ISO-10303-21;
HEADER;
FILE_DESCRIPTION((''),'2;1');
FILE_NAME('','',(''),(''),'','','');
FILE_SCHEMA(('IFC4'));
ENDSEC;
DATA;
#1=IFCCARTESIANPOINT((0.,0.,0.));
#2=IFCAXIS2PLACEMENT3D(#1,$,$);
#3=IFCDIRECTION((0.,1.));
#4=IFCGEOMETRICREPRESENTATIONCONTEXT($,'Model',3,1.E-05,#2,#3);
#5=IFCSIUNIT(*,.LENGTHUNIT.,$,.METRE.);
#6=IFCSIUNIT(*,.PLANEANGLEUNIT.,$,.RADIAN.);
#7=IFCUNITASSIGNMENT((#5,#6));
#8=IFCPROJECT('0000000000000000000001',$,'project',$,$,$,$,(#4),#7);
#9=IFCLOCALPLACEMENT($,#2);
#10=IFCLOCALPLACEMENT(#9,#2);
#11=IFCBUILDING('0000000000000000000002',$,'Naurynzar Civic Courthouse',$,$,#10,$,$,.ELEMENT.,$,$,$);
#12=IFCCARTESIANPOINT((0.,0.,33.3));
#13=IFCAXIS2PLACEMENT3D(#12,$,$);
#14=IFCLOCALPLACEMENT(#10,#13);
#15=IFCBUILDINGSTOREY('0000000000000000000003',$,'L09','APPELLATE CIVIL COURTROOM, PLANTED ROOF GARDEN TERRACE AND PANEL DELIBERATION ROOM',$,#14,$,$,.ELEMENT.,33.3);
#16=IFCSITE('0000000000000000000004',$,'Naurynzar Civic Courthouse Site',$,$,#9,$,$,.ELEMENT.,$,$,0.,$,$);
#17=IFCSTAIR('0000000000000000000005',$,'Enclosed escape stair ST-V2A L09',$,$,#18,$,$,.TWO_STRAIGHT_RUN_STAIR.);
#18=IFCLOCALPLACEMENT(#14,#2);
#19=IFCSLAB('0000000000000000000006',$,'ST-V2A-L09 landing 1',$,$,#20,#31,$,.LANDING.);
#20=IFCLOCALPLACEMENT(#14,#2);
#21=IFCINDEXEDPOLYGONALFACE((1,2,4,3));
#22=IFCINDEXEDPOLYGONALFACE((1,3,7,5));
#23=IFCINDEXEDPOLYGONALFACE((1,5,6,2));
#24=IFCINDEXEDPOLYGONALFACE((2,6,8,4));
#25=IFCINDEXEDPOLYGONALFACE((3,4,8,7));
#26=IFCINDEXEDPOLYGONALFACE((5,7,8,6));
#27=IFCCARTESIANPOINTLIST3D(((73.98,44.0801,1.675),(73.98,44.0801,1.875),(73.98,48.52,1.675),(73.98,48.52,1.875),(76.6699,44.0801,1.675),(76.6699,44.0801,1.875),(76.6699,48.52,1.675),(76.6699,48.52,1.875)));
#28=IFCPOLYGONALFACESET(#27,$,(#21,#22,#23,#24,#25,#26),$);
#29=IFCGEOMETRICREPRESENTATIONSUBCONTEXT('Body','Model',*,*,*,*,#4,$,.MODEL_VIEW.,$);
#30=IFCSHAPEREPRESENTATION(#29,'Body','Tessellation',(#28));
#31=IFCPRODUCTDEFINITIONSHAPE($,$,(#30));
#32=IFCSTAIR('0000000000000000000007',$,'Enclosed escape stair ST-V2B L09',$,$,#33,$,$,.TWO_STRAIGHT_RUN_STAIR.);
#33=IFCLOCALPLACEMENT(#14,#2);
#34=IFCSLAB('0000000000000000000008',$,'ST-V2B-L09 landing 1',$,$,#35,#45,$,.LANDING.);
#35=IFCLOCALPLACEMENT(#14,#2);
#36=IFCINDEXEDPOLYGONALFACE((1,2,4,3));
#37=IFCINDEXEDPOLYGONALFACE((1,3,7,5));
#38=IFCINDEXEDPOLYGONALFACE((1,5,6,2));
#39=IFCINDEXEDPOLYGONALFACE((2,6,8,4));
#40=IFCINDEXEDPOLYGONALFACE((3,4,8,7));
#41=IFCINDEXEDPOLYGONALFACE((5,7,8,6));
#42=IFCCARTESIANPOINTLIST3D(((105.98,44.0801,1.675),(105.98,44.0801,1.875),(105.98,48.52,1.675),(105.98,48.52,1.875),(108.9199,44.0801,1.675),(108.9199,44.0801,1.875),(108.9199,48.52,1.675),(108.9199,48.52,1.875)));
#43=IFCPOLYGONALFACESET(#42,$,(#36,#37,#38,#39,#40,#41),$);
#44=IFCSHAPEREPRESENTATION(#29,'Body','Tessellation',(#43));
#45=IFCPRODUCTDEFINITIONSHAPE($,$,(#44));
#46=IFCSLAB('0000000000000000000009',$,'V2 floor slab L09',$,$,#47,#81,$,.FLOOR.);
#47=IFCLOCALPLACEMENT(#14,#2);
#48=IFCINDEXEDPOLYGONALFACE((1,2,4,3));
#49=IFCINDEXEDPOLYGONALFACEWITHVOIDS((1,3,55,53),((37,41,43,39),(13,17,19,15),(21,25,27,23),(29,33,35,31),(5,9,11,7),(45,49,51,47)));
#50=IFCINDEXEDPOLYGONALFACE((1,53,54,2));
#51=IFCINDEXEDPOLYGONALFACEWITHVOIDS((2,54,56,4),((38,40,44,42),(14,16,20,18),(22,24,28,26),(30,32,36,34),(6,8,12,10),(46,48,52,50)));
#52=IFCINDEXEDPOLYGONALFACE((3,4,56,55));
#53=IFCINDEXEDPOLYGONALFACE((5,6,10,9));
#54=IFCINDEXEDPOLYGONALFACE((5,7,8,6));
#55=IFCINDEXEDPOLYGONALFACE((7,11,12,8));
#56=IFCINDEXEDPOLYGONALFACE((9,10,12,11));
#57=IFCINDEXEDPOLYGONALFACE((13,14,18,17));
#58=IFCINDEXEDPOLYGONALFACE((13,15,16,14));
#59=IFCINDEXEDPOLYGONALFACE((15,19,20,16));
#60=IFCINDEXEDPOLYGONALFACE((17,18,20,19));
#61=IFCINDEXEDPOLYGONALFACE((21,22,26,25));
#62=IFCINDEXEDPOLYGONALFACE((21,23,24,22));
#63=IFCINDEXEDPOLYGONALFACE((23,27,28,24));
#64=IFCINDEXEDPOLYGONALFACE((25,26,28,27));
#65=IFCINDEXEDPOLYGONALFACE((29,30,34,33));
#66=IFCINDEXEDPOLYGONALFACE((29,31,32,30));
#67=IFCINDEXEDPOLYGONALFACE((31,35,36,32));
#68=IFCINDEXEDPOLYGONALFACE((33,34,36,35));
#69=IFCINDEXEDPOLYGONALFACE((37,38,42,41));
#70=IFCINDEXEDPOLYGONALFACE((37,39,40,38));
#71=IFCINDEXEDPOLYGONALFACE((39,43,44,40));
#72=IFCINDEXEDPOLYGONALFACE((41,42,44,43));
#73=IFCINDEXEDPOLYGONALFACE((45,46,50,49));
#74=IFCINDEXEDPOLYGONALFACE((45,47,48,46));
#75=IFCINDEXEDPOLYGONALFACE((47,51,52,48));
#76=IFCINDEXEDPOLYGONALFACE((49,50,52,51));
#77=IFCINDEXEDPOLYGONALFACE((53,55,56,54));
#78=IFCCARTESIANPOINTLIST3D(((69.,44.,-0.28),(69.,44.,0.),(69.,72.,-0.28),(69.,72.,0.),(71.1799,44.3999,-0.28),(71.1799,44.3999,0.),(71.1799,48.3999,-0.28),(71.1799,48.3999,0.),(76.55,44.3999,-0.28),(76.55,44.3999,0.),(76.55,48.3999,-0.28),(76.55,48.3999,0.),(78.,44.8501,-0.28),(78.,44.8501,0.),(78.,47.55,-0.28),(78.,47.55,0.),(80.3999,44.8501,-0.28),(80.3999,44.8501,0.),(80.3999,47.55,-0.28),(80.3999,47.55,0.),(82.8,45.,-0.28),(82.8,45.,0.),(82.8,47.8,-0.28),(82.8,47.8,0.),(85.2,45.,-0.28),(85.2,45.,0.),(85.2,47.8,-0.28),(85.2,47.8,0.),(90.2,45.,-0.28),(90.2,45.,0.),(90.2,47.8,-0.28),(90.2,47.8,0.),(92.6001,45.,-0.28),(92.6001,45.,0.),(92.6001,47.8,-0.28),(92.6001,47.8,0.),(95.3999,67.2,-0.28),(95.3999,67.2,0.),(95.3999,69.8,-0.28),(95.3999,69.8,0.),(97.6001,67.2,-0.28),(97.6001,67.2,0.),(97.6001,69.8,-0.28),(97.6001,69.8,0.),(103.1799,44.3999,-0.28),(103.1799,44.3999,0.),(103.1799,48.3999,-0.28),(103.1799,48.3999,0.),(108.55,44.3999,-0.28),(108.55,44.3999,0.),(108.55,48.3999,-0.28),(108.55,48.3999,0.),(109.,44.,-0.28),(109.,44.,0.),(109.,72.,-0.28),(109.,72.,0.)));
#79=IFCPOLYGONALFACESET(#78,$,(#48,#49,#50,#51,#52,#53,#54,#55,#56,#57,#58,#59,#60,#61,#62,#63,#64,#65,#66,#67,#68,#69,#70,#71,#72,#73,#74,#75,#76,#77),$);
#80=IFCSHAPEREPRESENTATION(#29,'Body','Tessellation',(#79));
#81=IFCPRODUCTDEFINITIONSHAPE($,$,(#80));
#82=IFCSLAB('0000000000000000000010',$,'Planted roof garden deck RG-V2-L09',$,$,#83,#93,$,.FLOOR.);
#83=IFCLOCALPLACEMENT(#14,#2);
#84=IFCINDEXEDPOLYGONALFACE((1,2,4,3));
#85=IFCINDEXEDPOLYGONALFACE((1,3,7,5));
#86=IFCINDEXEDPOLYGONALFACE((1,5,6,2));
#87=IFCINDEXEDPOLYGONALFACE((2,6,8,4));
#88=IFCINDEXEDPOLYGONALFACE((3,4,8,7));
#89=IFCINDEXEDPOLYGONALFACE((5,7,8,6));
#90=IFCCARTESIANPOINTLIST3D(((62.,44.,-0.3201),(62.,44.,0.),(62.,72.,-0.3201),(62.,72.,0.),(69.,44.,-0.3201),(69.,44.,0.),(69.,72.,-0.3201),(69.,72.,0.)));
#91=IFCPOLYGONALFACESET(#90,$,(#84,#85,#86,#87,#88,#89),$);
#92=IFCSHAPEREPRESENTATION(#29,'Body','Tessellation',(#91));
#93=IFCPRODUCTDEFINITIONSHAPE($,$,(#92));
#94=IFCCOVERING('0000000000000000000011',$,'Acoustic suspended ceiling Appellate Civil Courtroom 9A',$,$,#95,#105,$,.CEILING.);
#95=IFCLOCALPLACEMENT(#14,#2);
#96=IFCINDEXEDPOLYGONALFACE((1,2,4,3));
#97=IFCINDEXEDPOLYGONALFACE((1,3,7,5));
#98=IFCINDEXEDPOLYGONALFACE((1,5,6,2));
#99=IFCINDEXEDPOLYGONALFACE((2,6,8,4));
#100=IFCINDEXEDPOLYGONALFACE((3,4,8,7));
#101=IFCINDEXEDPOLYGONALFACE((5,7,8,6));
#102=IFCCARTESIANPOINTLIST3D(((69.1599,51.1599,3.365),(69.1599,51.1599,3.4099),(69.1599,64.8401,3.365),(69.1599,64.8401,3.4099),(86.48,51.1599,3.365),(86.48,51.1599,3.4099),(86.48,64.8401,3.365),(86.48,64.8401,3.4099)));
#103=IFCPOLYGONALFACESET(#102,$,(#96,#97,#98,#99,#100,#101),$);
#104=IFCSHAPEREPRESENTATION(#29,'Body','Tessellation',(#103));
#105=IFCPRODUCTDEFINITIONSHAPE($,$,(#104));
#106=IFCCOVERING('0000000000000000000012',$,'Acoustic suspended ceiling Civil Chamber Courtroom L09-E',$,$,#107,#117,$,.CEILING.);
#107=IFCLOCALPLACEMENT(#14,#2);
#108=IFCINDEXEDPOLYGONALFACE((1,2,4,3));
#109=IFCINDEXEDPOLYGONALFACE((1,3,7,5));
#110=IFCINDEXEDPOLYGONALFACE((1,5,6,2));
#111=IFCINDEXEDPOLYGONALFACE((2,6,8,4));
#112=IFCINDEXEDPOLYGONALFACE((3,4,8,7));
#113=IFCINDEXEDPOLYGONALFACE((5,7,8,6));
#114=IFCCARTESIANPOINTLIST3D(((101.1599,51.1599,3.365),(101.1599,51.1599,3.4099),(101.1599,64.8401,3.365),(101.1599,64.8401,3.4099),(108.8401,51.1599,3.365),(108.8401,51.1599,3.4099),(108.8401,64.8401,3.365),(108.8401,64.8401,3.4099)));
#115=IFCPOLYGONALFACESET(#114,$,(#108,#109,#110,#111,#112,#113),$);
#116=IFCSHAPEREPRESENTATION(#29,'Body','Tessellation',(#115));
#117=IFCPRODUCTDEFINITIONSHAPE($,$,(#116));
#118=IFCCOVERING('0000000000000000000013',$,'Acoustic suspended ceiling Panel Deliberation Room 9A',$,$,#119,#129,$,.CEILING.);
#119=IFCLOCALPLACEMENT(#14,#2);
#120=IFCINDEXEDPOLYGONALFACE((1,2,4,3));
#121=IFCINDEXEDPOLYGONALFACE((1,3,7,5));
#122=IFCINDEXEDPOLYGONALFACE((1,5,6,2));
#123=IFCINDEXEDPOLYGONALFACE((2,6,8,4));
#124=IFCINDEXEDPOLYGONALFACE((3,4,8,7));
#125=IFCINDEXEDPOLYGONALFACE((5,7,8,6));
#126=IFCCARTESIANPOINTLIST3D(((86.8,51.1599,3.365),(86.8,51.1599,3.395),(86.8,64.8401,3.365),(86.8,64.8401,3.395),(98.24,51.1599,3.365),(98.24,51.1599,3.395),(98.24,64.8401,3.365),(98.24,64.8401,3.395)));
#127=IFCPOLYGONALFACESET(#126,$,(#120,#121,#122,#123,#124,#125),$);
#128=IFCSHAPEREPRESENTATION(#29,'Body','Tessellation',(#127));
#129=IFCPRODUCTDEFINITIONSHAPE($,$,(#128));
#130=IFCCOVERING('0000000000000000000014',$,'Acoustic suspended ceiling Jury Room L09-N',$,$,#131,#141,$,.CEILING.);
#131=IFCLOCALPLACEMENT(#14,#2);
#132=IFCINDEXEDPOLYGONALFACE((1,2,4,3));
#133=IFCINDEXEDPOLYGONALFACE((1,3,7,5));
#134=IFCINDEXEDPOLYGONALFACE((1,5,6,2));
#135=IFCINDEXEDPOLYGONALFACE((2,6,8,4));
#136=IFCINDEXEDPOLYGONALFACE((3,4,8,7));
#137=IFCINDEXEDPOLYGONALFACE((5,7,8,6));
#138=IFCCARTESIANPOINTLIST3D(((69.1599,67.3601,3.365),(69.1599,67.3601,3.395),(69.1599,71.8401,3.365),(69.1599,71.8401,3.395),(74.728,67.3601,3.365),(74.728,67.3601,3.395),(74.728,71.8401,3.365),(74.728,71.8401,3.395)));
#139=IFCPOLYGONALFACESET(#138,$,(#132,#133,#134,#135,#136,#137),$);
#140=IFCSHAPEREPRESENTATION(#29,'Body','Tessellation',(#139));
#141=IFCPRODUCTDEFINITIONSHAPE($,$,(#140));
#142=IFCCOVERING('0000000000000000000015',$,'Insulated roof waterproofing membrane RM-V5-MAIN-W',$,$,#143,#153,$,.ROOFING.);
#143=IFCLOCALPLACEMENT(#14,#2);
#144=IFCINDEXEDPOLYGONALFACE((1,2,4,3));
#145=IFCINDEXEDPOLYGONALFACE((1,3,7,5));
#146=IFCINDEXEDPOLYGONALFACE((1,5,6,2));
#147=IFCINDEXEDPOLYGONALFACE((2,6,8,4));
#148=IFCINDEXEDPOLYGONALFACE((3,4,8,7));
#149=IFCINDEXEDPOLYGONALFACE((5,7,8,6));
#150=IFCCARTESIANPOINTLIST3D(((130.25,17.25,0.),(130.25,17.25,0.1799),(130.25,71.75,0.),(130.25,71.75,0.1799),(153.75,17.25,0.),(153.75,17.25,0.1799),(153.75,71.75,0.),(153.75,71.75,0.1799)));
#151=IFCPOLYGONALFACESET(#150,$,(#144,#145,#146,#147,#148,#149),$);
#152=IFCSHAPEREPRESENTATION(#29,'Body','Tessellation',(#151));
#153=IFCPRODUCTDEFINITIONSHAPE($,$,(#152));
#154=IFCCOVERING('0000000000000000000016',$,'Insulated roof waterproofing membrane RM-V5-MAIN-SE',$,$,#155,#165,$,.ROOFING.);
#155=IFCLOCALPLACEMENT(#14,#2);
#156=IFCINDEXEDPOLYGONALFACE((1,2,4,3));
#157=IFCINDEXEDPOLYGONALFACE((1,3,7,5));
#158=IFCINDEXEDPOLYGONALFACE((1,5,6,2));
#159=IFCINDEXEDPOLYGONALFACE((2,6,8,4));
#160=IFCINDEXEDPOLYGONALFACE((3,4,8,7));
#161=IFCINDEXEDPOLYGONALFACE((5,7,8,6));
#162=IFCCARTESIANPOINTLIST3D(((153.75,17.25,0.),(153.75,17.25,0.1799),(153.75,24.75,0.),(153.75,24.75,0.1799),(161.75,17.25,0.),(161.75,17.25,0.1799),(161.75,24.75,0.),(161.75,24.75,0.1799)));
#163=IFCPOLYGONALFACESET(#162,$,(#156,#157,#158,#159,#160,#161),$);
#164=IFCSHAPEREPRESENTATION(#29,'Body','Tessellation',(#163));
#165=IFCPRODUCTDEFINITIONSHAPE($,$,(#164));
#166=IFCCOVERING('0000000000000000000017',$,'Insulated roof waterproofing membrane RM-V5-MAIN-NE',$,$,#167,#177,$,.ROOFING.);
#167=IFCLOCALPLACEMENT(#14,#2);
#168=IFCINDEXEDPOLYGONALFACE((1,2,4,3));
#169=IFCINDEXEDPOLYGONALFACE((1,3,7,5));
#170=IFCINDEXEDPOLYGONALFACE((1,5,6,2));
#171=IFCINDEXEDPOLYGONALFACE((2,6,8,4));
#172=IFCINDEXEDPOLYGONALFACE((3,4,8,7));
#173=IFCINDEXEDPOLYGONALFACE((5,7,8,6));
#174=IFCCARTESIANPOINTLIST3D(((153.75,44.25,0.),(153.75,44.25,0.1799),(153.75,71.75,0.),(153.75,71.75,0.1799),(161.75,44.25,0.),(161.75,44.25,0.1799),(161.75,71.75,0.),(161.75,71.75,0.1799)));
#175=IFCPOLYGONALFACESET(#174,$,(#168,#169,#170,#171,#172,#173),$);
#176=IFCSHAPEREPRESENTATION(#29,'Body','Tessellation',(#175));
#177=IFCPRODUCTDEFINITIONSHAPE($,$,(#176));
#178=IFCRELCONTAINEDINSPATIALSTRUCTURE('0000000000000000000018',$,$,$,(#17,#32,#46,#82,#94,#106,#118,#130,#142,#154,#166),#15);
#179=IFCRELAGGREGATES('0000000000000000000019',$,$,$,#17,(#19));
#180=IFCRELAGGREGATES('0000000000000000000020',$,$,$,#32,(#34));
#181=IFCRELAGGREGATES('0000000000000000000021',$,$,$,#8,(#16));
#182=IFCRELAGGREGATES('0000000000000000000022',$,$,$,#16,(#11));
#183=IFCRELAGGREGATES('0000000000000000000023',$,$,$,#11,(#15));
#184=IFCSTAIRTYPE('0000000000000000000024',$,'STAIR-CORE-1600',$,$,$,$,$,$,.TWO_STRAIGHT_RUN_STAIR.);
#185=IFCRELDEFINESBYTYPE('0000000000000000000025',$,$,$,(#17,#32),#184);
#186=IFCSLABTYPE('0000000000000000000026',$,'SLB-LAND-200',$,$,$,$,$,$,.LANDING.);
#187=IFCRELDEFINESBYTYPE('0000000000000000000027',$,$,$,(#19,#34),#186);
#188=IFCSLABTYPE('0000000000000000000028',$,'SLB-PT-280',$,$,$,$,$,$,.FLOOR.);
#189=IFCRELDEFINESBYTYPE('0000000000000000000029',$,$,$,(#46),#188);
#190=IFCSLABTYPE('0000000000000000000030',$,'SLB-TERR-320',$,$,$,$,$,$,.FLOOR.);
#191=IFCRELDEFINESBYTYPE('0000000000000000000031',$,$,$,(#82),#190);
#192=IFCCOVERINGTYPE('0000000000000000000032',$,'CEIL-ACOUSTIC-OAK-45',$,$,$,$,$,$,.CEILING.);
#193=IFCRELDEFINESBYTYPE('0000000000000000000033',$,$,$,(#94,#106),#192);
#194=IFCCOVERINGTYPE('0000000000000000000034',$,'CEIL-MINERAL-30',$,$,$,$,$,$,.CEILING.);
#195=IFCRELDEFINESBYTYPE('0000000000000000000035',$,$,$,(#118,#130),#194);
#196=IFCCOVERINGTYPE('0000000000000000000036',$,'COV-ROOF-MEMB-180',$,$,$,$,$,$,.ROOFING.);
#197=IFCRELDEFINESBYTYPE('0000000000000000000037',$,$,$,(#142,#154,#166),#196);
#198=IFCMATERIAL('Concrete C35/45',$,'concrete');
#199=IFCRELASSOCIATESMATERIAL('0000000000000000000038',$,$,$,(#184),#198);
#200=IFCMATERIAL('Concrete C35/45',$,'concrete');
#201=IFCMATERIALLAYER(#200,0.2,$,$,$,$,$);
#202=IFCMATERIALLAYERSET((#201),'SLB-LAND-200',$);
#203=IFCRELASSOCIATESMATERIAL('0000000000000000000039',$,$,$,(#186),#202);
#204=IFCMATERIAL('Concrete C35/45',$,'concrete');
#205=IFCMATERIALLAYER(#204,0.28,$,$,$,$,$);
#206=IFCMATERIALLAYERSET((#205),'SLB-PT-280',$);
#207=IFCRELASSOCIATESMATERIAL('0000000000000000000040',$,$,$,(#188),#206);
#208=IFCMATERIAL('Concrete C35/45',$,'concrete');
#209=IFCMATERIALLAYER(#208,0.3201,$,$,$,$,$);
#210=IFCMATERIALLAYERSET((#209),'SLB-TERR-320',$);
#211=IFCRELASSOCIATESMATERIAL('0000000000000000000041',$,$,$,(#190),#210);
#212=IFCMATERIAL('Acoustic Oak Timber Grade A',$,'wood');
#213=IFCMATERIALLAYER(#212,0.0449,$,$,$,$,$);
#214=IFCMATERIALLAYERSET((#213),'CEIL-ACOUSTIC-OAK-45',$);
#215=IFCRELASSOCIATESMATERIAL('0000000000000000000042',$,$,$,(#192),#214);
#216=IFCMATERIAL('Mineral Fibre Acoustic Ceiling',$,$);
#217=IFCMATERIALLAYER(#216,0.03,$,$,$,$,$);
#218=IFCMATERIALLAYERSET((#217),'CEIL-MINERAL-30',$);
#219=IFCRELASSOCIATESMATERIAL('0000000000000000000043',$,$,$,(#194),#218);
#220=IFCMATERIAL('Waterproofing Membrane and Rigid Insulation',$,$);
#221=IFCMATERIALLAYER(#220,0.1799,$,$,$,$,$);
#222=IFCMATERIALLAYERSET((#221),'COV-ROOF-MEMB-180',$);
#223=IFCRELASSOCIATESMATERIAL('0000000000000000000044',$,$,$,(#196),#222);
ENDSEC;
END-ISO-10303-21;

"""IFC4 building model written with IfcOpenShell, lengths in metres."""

from ifc_helpers import new_model, si_unit, direction, frame, origin, place, context, subcontext, project, spatial, polyline, outline, extrude, material, layer, layer_set, type_object, element, aggregate, save


model = new_model("IFC4")

# Units and contexts
model_context = context("Model", 3, precision=1e-05, world=origin(), true_north=direction((0.0, 1.0)))
body_context = subcontext(model_context, "Body", "Model", "MODEL_VIEW")
ifc_project = project(units=[si_unit("LENGTHUNIT", "METRE"), si_unit("PLANEANGLEUNIT", "RADIAN")], contexts=[model_context])

# Site, building, storey
site_placement = place(None, origin())
site = spatial("IfcSite", under=ifc_project, at=site_placement, Name="Naurynzar Civic Courthouse Site", CompositionType="ELEMENT", RefElevation=0.0)
building_placement = place(site_placement, origin())
building = spatial("IfcBuilding", under=site, at=building_placement, Name="Naurynzar Civic Courthouse", CompositionType="ELEMENT")
storey_placement = place(building_placement, frame((0.0, 0.0, 33.3)))
storey = spatial("IfcBuildingStorey", under=building, at=storey_placement, Name="L09", Description="APPELLATE CIVIL COURTROOM, PLANTED ROOF GARDEN TERRACE AND PANEL DELIBERATION ROOM", CompositionType="ELEMENT", Elevation=33.3)

# Stairs, slabs
ifc_material_1 = material(Name="Concrete C35/45", Category="concrete")
stair_type = type_object("IfcStairType", Name="STAIR-CORE-1600", PredefinedType="TWO_STRAIGHT_RUN_STAIR", material=ifc_material_1)
stair_1_placement = place(storey_placement, origin())
stair_1 = element("IfcStair", 1, at=stair_1_placement, inside=storey, type_object=stair_type, Name="Enclosed escape stair ST-V2A L09", PredefinedType="TWO_STRAIGHT_RUN_STAIR")
ifc_material_2 = material(Name="Concrete C35/45", Category="concrete")
ifc_layer_1 = layer(ifc_material_2, 0.2)
ifc_layer_set_1 = layer_set([ifc_layer_1], Name="SLB-LAND-200")
slab_type_1 = type_object("IfcSlabType", Name="SLB-LAND-200", PredefinedType="LANDING", material=ifc_layer_set_1)
slab_1_placement = place(storey_placement, frame((0.0, 0.0, 1.675)))
slab_1 = element("IfcSlab", 2, at=slab_1_placement, type_object=slab_type_1, Name="ST-V2A-L09 landing 1", PredefinedType="LANDING", context=body_context, shape_type="SweptSolid", body=[
    extrude(outline(polyline([(73.98, 44.0801), (76.6699, 44.0801), (76.6699, 48.52), (73.98, 48.52), (73.98, 44.0801)])), origin(), (0.0, 0.0, 1.0), 0.2),
])
aggregate(stair_1, [slab_1])
stair_2_placement = place(storey_placement, origin())
stair_2 = element("IfcStair", 3, at=stair_2_placement, inside=storey, type_object=stair_type, Name="Enclosed escape stair ST-V2B L09", PredefinedType="TWO_STRAIGHT_RUN_STAIR")
slab_2_placement = place(storey_placement, frame((0.0, 0.0, 1.675)))
slab_2 = element("IfcSlab", 4, at=slab_2_placement, type_object=slab_type_1, Name="ST-V2B-L09 landing 1", PredefinedType="LANDING", context=body_context, shape_type="SweptSolid", body=[
    extrude(outline(polyline([(105.98, 44.0801), (108.9199, 44.0801), (108.9199, 48.52), (105.98, 48.52), (105.98, 44.0801)])), origin(), (0.0, 0.0, 1.0), 0.2),
])
aggregate(stair_2, [slab_2])

# Slabs
ifc_material_3 = material(Name="Concrete C35/45", Category="concrete")
ifc_layer_2 = layer(ifc_material_3, 0.28)
ifc_layer_set_2 = layer_set([ifc_layer_2], Name="SLB-PT-280")
slab_type_2 = type_object("IfcSlabType", Name="SLB-PT-280", PredefinedType="FLOOR", material=ifc_layer_set_2)
slab_3_placement = place(storey_placement, frame((0.0, 0.0, -0.28)))
element("IfcSlab", 5, at=slab_3_placement, inside=storey, type_object=slab_type_2, Name="V2 floor slab L09", PredefinedType="FLOOR", context=body_context, shape_type="SweptSolid", body=[
    extrude(outline(polyline([(109.0, 44.0), (109.0, 72.0), (69.0, 72.0), (69.0, 44.0), (109.0, 44.0)]), holes=[polyline([(71.1799, 44.3999), (76.55, 44.3999), (76.55, 48.3999), (71.1799, 48.3999), (71.1799, 44.3999)]), polyline([(103.1799, 44.3999), (108.55, 44.3999), (108.55, 48.3999), (103.1799, 48.3999), (103.1799, 44.3999)]), polyline([(78.0, 44.8501), (80.3999, 44.8501), (80.3999, 47.55), (78.0, 47.55), (78.0, 44.8501)]), polyline([(82.8, 45.0), (85.2, 45.0), (85.2, 47.8), (82.8, 47.8), (82.8, 45.0)]), polyline([(90.2, 45.0), (92.6001, 45.0), (92.6001, 47.8), (90.2, 47.8), (90.2, 45.0)]), polyline([(95.3999, 67.2), (97.6001, 67.2), (97.6001, 69.8), (95.3999, 69.8), (95.3999, 67.2)])]), origin(), (0.0, 0.0, 1.0), 0.28),
])
ifc_material_4 = material(Name="Concrete C35/45", Category="concrete")
ifc_layer_3 = layer(ifc_material_4, 0.3201)
ifc_layer_set_3 = layer_set([ifc_layer_3], Name="SLB-TERR-320")
slab_type_3 = type_object("IfcSlabType", Name="SLB-TERR-320", PredefinedType="FLOOR", material=ifc_layer_set_3)
slab_4_placement = place(storey_placement, frame((0.0, 0.0, -0.3201)))
element("IfcSlab", 6, at=slab_4_placement, inside=storey, type_object=slab_type_3, Name="Planted roof garden deck RG-V2-L09", PredefinedType="FLOOR", context=body_context, shape_type="SweptSolid", body=[
    extrude(outline(polyline([(62.0, 44.0), (69.0, 44.0), (69.0, 72.0), (62.0, 72.0), (62.0, 44.0)])), origin(), (0.0, 0.0, 1.0), 0.3201),
])

# Coverings
ifc_material_5 = material(Name="Acoustic Oak Timber Grade A", Category="wood")
ifc_layer_4 = layer(ifc_material_5, 0.0449)
ifc_layer_set_4 = layer_set([ifc_layer_4], Name="CEIL-ACOUSTIC-OAK-45")
covering_type_1 = type_object("IfcCoveringType", Name="CEIL-ACOUSTIC-OAK-45", PredefinedType="CEILING", material=ifc_layer_set_4)
covering_1_placement = place(storey_placement, frame((0.0, 0.0, 3.365)))
element("IfcCovering", 7, at=covering_1_placement, inside=storey, type_object=covering_type_1, Name="Acoustic suspended ceiling Appellate Civil Courtroom 9A", PredefinedType="CEILING", context=body_context, shape_type="SweptSolid", body=[
    extrude(outline(polyline([(86.48, 51.1599), (69.1599, 51.1599), (69.1599, 64.8401), (86.48, 64.8401), (86.48, 51.1599)])), origin(), (0.0, 0.0, 1.0), 0.0449),
])
covering_2_placement = place(storey_placement, frame((0.0, 0.0, 3.365)))
element("IfcCovering", 8, at=covering_2_placement, inside=storey, type_object=covering_type_1, Name="Acoustic suspended ceiling Civil Chamber Courtroom L09-E", PredefinedType="CEILING", context=body_context, shape_type="SweptSolid", body=[
    extrude(outline(polyline([(108.8401, 51.1599), (101.1599, 51.1599), (101.1599, 64.8401), (108.8401, 64.8401), (108.8401, 51.1599)])), origin(), (0.0, 0.0, 1.0), 0.0449),
])
ifc_material_6 = material(Name="Mineral Fibre Acoustic Ceiling")
ifc_layer_5 = layer(ifc_material_6, 0.03)
ifc_layer_set_5 = layer_set([ifc_layer_5], Name="CEIL-MINERAL-30")
covering_type_2 = type_object("IfcCoveringType", Name="CEIL-MINERAL-30", PredefinedType="CEILING", material=ifc_layer_set_5)
covering_3_placement = place(storey_placement, frame((0.0, 0.0, 3.365)))
element("IfcCovering", 9, at=covering_3_placement, inside=storey, type_object=covering_type_2, Name="Acoustic suspended ceiling Panel Deliberation Room 9A", PredefinedType="CEILING", context=body_context, shape_type="SweptSolid", body=[
    extrude(outline(polyline([(98.24, 51.1599), (86.8, 51.1599), (86.8, 64.8401), (98.24, 64.8401), (98.24, 51.1599)])), origin(), (0.0, 0.0, 1.0), 0.03),
])
covering_4_placement = place(storey_placement, frame((0.0, 0.0, 3.365)))
element("IfcCovering", 10, at=covering_4_placement, inside=storey, type_object=covering_type_2, Name="Acoustic suspended ceiling Jury Room L09-N", PredefinedType="CEILING", context=body_context, shape_type="SweptSolid", body=[
    extrude(outline(polyline([(74.728, 67.3601), (69.1599, 67.3601), (69.1599, 71.8401), (74.728, 71.8401), (74.728, 67.3601)])), origin(), (0.0, 0.0, 1.0), 0.03),
])
ifc_material_7 = material(Name="Waterproofing Membrane and Rigid Insulation")
ifc_layer_6 = layer(ifc_material_7, 0.1799)
ifc_layer_set_6 = layer_set([ifc_layer_6], Name="COV-ROOF-MEMB-180")
covering_type_3 = type_object("IfcCoveringType", Name="COV-ROOF-MEMB-180", PredefinedType="ROOFING", material=ifc_layer_set_6)
covering_5_placement = place(storey_placement, origin())
element("IfcCovering", 11, at=covering_5_placement, inside=storey, type_object=covering_type_3, Name="Insulated roof waterproofing membrane RM-V5-MAIN-W", PredefinedType="ROOFING", context=body_context, shape_type="SweptSolid", body=[
    extrude(outline(polyline([(130.25, 17.25), (153.75, 17.25), (153.75, 71.75), (130.25, 71.75), (130.25, 17.25)])), origin(), (0.0, 0.0, 1.0), 0.1799),
])
covering_6_placement = place(storey_placement, origin())
element("IfcCovering", 12, at=covering_6_placement, inside=storey, type_object=covering_type_3, Name="Insulated roof waterproofing membrane RM-V5-MAIN-SE", PredefinedType="ROOFING", context=body_context, shape_type="SweptSolid", body=[
    extrude(outline(polyline([(153.75, 17.25), (161.75, 17.25), (161.75, 24.75), (153.75, 24.75), (153.75, 17.25)])), origin(), (0.0, 0.0, 1.0), 0.1799),
])
covering_7_placement = place(storey_placement, origin())
element("IfcCovering", 13, at=covering_7_placement, inside=storey, type_object=covering_type_3, Name="Insulated roof waterproofing membrane RM-V5-MAIN-NE", PredefinedType="ROOFING", context=body_context, shape_type="SweptSolid", body=[
    extrude(outline(polyline([(153.75, 44.25), (161.75, 44.25), (161.75, 71.75), (153.75, 71.75), (153.75, 44.25)])), origin(), (0.0, 0.0, 1.0), 0.1799),
])

save(model, "model.ifc")
